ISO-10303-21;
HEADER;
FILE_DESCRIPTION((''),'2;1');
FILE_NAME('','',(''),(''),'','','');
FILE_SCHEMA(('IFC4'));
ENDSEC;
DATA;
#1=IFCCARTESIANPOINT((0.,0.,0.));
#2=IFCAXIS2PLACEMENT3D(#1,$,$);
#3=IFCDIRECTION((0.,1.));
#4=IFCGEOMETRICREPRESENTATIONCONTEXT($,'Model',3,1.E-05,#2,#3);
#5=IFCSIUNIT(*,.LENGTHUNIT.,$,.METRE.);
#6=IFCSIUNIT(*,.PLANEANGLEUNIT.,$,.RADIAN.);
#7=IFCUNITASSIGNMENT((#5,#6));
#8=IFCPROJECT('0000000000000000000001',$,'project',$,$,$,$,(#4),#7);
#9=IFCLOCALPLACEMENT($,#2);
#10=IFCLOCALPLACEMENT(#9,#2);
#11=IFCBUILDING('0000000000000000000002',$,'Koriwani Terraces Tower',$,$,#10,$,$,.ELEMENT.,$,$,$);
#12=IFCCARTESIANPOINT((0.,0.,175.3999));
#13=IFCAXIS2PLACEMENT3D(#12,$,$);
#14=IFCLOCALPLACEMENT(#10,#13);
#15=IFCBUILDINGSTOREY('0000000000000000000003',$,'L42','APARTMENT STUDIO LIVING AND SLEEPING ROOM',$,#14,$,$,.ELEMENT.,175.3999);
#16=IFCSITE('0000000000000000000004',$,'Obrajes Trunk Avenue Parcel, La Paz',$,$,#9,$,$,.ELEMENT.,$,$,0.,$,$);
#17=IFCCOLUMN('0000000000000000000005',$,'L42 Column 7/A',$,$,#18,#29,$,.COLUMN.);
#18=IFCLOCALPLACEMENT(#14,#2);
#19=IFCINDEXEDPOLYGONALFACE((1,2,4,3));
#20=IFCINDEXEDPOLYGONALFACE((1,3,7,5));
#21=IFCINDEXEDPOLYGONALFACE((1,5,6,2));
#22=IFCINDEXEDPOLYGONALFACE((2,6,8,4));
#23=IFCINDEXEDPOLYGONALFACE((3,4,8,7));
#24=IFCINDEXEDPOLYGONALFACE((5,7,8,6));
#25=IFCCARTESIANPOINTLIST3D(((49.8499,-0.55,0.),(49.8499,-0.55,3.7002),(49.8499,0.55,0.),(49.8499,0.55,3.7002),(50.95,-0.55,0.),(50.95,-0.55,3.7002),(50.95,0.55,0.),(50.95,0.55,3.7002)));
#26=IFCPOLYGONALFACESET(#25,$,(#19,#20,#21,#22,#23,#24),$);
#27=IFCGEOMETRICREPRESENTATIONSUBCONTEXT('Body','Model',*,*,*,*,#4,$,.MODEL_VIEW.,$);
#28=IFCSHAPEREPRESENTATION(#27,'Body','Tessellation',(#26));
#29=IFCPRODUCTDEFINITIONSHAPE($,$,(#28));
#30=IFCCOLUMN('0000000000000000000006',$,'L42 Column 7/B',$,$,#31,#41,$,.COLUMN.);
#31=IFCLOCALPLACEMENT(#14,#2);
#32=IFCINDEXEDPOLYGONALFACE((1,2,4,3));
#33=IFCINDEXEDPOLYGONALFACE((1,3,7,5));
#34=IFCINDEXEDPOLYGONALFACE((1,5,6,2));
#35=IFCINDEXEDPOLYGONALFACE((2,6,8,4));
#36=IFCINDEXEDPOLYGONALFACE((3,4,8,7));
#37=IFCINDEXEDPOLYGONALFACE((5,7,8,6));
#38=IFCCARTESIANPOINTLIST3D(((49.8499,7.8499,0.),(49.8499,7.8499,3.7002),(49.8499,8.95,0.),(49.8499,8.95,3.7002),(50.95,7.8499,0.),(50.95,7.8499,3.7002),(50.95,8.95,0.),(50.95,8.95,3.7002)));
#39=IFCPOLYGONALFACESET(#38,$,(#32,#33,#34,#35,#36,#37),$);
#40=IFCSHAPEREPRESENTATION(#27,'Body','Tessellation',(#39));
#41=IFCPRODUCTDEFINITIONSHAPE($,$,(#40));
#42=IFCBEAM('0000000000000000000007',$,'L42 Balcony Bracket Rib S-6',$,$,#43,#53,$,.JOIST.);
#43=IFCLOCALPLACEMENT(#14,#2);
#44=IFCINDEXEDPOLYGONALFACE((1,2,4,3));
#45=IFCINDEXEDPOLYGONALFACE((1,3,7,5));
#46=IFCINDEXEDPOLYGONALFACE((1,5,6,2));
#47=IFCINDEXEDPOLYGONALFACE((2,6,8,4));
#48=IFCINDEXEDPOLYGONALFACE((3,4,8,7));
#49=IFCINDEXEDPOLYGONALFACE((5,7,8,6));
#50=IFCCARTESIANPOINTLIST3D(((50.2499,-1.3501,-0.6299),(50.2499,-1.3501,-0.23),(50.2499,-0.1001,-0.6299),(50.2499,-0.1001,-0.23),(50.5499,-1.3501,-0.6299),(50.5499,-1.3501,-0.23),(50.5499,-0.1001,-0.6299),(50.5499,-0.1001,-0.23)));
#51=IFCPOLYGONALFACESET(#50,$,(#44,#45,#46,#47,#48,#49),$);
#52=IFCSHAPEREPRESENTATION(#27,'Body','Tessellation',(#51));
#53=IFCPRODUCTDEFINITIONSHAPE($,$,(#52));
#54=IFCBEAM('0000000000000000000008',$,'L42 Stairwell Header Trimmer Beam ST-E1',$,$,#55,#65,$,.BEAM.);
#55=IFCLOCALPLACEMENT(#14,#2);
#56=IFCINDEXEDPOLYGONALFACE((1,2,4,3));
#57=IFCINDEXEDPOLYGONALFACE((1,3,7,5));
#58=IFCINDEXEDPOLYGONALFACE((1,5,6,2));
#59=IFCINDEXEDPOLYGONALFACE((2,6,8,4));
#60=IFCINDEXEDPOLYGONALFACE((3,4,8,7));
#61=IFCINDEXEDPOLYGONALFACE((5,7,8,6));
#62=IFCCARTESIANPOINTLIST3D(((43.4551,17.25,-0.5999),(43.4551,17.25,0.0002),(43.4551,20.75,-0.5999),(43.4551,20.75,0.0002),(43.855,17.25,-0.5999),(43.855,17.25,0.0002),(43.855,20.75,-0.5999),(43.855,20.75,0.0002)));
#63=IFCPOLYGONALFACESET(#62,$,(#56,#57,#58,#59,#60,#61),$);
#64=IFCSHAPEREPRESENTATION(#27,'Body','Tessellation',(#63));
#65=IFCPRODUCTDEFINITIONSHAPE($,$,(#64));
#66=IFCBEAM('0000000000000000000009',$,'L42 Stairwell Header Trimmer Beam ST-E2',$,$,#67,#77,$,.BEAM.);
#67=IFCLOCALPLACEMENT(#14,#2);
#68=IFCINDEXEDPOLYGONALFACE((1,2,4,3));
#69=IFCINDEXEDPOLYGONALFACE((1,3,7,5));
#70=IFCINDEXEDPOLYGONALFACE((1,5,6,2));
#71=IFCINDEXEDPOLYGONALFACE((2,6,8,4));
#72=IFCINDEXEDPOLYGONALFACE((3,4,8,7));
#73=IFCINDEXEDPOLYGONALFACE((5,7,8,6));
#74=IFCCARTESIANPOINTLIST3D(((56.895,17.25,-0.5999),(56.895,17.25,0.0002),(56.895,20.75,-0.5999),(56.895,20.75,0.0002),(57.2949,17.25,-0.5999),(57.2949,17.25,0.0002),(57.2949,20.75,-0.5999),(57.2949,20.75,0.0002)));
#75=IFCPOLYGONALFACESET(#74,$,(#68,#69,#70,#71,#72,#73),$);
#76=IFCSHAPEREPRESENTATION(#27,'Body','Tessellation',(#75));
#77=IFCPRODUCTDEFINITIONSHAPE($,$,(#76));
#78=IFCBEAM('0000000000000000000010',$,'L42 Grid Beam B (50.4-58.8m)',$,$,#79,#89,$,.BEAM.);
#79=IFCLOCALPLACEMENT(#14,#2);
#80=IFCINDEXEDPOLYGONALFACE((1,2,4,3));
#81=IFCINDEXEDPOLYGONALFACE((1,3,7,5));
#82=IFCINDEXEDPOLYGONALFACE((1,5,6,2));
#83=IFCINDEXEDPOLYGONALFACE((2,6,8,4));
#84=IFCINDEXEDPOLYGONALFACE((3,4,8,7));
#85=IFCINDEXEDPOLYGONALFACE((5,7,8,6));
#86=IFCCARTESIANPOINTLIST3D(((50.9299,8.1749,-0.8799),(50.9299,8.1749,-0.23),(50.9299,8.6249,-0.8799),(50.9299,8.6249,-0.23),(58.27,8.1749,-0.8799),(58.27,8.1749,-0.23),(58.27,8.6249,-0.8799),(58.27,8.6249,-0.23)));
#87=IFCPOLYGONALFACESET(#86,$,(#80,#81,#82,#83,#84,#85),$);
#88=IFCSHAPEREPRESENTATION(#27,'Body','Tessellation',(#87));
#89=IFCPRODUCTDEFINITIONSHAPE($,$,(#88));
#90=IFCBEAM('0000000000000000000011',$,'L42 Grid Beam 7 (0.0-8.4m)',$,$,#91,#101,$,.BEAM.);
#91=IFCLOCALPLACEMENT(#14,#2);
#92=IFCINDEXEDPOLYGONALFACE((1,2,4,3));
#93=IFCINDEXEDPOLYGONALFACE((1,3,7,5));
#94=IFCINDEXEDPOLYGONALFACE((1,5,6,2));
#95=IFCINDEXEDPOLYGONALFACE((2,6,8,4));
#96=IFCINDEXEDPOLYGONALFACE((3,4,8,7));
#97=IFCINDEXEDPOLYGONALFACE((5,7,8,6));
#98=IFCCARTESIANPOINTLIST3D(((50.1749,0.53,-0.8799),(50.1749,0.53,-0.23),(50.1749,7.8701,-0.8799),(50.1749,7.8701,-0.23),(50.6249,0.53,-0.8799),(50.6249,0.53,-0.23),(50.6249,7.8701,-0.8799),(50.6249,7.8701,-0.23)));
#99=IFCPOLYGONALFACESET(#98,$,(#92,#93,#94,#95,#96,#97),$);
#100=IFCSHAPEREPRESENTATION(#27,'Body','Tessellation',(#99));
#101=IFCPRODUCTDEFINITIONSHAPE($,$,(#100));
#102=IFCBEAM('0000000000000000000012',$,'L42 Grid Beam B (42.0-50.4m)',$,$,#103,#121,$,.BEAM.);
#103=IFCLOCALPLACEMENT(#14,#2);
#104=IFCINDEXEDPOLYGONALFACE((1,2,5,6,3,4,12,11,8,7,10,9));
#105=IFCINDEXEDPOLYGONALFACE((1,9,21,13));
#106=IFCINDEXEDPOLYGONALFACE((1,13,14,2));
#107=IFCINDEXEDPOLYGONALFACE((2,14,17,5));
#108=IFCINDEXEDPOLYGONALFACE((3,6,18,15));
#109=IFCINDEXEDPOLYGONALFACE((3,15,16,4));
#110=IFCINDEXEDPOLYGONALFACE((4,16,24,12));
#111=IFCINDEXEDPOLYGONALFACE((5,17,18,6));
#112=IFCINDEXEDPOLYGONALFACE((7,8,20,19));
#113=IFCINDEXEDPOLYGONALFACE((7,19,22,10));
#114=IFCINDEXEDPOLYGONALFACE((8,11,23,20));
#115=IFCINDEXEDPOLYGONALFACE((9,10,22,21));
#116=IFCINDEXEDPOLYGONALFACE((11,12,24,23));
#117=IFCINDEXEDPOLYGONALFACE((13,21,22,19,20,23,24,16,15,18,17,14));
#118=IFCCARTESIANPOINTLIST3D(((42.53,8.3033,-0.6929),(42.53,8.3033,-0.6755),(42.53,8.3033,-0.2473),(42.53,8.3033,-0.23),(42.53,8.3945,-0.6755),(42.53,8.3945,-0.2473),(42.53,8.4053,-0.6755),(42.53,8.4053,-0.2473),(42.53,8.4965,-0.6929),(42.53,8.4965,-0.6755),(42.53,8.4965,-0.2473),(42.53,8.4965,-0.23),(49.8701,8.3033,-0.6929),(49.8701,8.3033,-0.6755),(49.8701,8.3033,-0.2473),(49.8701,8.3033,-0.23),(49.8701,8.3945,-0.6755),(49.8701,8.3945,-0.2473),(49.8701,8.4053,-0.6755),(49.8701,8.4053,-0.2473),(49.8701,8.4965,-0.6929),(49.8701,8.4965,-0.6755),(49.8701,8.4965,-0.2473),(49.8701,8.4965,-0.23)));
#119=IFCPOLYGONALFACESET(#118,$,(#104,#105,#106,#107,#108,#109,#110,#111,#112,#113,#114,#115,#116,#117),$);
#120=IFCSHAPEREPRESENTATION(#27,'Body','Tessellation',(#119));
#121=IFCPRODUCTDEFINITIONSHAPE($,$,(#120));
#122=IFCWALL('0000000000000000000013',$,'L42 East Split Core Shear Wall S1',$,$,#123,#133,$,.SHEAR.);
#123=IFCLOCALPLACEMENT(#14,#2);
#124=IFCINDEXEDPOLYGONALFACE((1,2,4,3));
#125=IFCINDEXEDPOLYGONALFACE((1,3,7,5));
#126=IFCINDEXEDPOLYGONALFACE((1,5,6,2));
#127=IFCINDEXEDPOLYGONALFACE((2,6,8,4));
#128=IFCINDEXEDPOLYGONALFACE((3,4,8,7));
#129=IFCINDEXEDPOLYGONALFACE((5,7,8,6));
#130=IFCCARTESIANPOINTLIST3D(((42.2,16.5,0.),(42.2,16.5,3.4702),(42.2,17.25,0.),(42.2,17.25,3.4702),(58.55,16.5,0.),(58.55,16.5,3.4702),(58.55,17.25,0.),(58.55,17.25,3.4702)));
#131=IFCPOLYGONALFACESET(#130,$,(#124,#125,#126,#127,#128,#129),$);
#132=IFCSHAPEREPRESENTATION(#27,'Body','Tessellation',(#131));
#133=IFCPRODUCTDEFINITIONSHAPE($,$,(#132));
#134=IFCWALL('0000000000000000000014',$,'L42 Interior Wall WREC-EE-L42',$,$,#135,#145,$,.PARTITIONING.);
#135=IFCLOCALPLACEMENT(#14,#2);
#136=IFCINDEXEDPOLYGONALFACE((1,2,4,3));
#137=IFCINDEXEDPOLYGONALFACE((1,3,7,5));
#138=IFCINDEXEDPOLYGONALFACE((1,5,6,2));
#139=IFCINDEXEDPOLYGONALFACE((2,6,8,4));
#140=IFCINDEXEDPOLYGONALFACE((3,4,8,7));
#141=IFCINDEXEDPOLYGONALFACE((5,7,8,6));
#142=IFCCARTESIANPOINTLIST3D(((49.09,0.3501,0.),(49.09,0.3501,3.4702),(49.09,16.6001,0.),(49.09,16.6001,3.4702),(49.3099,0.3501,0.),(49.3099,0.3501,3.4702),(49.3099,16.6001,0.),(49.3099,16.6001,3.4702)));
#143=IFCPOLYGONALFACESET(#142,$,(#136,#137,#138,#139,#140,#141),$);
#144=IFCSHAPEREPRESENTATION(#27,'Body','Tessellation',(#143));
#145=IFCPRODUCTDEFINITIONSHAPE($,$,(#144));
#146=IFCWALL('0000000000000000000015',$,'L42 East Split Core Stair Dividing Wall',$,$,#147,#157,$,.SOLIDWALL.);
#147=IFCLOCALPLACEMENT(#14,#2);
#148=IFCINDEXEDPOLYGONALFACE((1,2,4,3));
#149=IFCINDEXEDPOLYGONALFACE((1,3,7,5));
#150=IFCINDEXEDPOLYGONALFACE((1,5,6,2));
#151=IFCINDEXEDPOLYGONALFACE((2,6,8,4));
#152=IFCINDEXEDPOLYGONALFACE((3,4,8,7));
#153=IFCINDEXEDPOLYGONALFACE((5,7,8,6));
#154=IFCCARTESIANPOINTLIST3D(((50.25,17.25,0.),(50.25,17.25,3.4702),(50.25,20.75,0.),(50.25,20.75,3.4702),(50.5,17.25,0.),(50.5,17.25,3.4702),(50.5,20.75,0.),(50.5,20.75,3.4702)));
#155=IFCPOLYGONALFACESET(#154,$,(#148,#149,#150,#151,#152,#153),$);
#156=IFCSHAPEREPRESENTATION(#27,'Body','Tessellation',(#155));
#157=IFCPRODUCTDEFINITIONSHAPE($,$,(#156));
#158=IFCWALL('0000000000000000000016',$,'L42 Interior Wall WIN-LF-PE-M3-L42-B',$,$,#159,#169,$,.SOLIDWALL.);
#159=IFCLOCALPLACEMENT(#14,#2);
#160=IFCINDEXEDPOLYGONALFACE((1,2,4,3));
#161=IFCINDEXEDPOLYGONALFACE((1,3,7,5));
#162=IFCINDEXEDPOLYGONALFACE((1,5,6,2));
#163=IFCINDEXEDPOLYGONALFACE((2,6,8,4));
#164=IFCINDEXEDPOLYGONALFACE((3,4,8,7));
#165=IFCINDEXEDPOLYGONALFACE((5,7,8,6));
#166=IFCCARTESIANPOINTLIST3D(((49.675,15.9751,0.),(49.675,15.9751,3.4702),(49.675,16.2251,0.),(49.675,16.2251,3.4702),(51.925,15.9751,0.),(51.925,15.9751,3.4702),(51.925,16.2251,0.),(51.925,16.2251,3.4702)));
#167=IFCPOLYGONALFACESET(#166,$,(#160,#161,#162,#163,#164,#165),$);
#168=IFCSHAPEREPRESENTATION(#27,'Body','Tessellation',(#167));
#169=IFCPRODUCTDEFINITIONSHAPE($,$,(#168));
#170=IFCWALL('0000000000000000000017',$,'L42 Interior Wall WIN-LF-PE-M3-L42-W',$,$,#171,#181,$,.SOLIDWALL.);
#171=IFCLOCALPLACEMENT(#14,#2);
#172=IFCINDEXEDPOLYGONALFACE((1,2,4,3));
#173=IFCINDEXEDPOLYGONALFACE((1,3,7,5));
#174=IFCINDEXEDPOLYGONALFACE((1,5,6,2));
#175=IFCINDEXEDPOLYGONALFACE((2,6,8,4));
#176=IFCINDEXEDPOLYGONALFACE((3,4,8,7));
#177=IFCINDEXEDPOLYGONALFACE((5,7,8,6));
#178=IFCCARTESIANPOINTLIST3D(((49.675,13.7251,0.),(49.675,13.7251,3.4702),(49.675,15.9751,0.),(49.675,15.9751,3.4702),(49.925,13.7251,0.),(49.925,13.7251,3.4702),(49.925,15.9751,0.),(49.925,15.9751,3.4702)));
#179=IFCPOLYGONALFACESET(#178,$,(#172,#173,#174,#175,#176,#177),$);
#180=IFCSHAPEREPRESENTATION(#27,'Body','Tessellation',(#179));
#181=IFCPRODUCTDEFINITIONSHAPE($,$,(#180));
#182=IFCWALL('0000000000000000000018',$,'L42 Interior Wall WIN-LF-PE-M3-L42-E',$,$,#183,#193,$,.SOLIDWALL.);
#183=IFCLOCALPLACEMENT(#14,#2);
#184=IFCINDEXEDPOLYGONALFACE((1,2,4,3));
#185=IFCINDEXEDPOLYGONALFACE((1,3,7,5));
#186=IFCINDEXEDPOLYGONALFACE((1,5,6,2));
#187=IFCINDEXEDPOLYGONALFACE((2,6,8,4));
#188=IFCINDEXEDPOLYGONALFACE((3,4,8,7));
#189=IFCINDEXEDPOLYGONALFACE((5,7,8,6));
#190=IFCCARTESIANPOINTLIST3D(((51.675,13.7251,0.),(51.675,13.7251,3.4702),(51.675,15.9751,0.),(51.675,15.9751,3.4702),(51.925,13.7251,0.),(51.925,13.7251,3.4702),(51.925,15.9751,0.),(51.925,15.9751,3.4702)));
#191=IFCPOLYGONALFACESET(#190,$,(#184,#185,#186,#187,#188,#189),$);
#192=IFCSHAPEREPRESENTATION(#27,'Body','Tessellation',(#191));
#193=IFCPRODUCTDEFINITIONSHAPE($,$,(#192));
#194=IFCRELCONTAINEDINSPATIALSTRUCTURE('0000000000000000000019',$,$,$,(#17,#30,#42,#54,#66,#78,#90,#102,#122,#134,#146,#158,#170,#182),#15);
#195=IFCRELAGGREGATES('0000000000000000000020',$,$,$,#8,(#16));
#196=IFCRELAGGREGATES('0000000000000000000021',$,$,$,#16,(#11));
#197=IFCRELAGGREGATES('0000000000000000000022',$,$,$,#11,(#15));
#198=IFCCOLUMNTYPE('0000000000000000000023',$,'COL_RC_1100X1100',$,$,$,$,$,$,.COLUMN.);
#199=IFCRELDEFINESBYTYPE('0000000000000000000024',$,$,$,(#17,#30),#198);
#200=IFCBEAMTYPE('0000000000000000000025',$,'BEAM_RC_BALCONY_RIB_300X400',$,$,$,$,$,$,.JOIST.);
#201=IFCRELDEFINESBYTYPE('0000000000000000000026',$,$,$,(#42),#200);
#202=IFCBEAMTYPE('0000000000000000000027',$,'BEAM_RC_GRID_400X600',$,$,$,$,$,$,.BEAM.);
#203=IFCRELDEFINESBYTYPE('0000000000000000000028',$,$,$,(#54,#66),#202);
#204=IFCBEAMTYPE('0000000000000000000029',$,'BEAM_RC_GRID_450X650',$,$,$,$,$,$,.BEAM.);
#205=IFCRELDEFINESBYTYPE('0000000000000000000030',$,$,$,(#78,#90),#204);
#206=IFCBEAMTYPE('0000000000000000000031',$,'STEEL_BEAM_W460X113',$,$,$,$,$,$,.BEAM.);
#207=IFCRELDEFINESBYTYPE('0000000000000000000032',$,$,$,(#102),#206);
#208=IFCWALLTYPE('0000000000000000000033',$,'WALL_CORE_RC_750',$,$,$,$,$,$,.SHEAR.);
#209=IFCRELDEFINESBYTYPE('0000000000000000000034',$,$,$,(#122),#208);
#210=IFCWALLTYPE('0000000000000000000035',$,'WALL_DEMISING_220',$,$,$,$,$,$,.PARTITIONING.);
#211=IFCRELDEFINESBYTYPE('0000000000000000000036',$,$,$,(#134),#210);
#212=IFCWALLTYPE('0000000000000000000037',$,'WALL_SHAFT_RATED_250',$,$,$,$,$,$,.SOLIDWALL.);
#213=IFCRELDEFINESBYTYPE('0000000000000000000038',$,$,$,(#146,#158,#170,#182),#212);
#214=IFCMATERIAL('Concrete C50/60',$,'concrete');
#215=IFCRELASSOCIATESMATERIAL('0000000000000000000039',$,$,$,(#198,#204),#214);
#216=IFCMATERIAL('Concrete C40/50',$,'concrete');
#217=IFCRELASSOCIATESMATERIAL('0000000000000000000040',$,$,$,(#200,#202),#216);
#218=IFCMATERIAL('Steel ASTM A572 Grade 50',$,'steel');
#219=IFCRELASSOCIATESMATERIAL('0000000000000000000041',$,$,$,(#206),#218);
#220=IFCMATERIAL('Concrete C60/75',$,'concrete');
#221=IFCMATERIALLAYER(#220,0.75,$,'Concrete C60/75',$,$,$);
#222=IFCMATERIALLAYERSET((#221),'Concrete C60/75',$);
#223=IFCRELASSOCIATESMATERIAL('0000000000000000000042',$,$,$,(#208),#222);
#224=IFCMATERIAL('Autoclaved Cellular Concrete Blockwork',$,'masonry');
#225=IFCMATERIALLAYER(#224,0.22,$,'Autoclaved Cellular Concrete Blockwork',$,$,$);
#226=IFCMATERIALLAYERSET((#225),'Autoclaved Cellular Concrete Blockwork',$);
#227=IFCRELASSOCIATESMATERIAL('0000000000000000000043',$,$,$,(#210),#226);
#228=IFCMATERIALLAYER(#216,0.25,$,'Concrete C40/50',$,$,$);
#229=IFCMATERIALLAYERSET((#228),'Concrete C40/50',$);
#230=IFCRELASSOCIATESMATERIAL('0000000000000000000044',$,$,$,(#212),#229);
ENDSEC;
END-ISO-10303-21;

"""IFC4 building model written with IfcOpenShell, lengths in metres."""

from ifc_helpers import new_model, si_unit, direction, frame, frame_2d, origin, origin_2d, place, context, subcontext, project, spatial, rectangle, i_section, extrude, material, layer, layer_set, material_profile, profile_set, type_object, element, save


model = new_model("IFC4")

# Units and contexts
model_context = context("Model", 3, precision=1e-05, world=origin(), true_north=direction((0.0, 1.0)))
body_context = subcontext(model_context, "Body", "Model", "MODEL_VIEW")
ifc_project = project(units=[si_unit("LENGTHUNIT", "METRE"), si_unit("PLANEANGLEUNIT", "RADIAN")], contexts=[model_context])

# Site, building, storey
site_placement = place(None, origin())
site = spatial("IfcSite", under=ifc_project, at=site_placement, Name="Obrajes Trunk Avenue Parcel, La Paz", CompositionType="ELEMENT", RefElevation=0.0)
building_placement = place(site_placement, origin())
building = spatial("IfcBuilding", under=site, at=building_placement, Name="Koriwani Terraces Tower", CompositionType="ELEMENT")
storey_placement = place(building_placement, frame((0.0, 0.0, 175.3999)))
storey = spatial("IfcBuildingStorey", under=building, at=storey_placement, Name="L42", Description="APARTMENT STUDIO LIVING AND SLEEPING ROOM", CompositionType="ELEMENT", Elevation=175.3999)

# Columns
ifc_material_1 = material(Name="Concrete C50/60", Category="concrete")
ifc_material_profile_1 = material_profile(ifc_material_1, rectangle(XDim=1.1001, YDim=1.1001, at=origin_2d()), Name="Concrete C50/60", Category="LoadBearing")
ifc_profile_set_1 = profile_set([ifc_material_profile_1], Name="Concrete C50/60")
column_type = type_object("IfcColumnType", Name="COL_RC_1100X1100", PredefinedType="COLUMN", material=ifc_profile_set_1)
for number, where, z_axis, x_axis, name in (
    (1, (50.3999, 0.0, 0.0), (0.0, 0.0, 1.0), (1.0, 0.0, 0.0), "L42 Column 7/A"),
    (2, (50.3999, 8.3999, 0.0), (0.0, 0.0, 1.0), (1.0, 0.0, 0.0), "L42 Column 7/B"),
):
    element("IfcColumn", number, at=place(storey_placement, frame(where, z_axis=z_axis, x_axis=x_axis)), inside=storey, type_object=column_type, Name=name, PredefinedType="COLUMN", context=body_context, shape_type="SweptSolid", body=[
        extrude(rectangle(XDim=1.1001, YDim=1.1001, at=origin_2d()), origin(), (0.0, 0.0, 1.0), 3.7002),
    ])

# Beams
ifc_material_2 = material(Name="Concrete C40/50", Category="concrete")
ifc_material_profile_2 = material_profile(ifc_material_2, rectangle(XDim=0.3, YDim=0.3999, at=origin_2d()), Name="Concrete C40/50", Category="LoadBearing")
ifc_profile_set_2 = profile_set([ifc_material_profile_2], Name="Concrete C40/50")
beam_type_1 = type_object("IfcBeamType", Name="BEAM_RC_BALCONY_RIB_300X400", PredefinedType="JOIST", material=ifc_profile_set_2)
beam_1_placement = place(storey_placement, frame((50.3999, -1.3501, -0.4299), z_axis=(0.0, 1.0, 0.0), x_axis=(-1.0, 0.0, 0.0)))
element("IfcBeam", 3, at=beam_1_placement, inside=storey, type_object=beam_type_1, Name="L42 Balcony Bracket Rib S-6", PredefinedType="JOIST", context=body_context, shape_type="SweptSolid", body=[
    extrude(rectangle(XDim=0.3, YDim=0.3999, at=origin_2d()), origin(), (0.0, 0.0, 1.0), 1.25),
])
ifc_material_profile_3 = material_profile(ifc_material_2, rectangle(XDim=0.3999, YDim=0.6001, at=origin_2d()), Name="Concrete C40/50", Category="LoadBearing")
ifc_profile_set_3 = profile_set([ifc_material_profile_3], Name="Concrete C40/50")
beam_type_2 = type_object("IfcBeamType", Name="BEAM_RC_GRID_400X600", PredefinedType="BEAM", material=ifc_profile_set_3)
for number, where, z_axis, x_axis, name in (
    (4, (43.655, 17.25, -0.2998), (0.0, 1.0, 0.0), (-1.0, 0.0, 0.0), "L42 Stairwell Header Trimmer Beam ST-E1"),
    (5, (57.095, 17.25, -0.2998), (0.0, 1.0, 0.0), (-1.0, 0.0, 0.0), "L42 Stairwell Header Trimmer Beam ST-E2"),
):
    element("IfcBeam", number, at=place(storey_placement, frame(where, z_axis=z_axis, x_axis=x_axis)), inside=storey, type_object=beam_type_2, Name=name, PredefinedType="BEAM", context=body_context, shape_type="SweptSolid", body=[
        extrude(rectangle(XDim=0.3999, YDim=0.6001, at=origin_2d()), origin(), (0.0, 0.0, 1.0), 3.5),
    ])
ifc_material_profile_4 = material_profile(ifc_material_1, rectangle(XDim=0.45, YDim=0.6499, at=origin_2d()), Name="Concrete C50/60", Category="LoadBearing")
ifc_profile_set_4 = profile_set([ifc_material_profile_4], Name="Concrete C50/60")
beam_type_3 = type_object("IfcBeamType", Name="BEAM_RC_GRID_450X650", PredefinedType="BEAM", material=ifc_profile_set_4)
for number, where, z_axis, x_axis, name in (
    (6, (50.9299, 8.3999, -0.5549), (1.0, 0.0, 0.0), (0.0, 1.0, 0.0), "L42 Grid Beam B (50.4-58.8m)"),
    (7, (50.3999, 0.53, -0.5549), (0.0, 1.0, 0.0), (-1.0, 0.0, 0.0), "L42 Grid Beam 7 (0.0-8.4m)"),
):
    element("IfcBeam", number, at=place(storey_placement, frame(where, z_axis=z_axis, x_axis=x_axis)), inside=storey, type_object=beam_type_3, Name=name, PredefinedType="BEAM", context=body_context, shape_type="SweptSolid", body=[
        extrude(rectangle(XDim=0.45, YDim=0.6499, at=origin_2d()), origin(), (0.0, 0.0, 1.0), 7.3401),
    ])
ifc_material_3 = material(Name="Steel ASTM A572 Grade 50", Category="steel")
ifc_material_profile_5 = material_profile(ifc_material_3, i_section(OverallWidth=0.1931, OverallDepth=0.4629, WebThickness=0.0107, FlangeThickness=0.0173, at=origin_2d()), Name="Steel ASTM A572 Grade 50", Category="LoadBearing")
ifc_profile_set_5 = profile_set([ifc_material_profile_5], Name="Steel ASTM A572 Grade 50")
beam_type_4 = type_object("IfcBeamType", Name="STEEL_BEAM_W460X113", PredefinedType="BEAM", material=ifc_profile_set_5)
beam_2_placement = place(storey_placement, frame((42.53, 8.3999, -0.4614), z_axis=(1.0, 0.0, 0.0), x_axis=(0.0, 1.0, 0.0)))
element("IfcBeam", 8, at=beam_2_placement, inside=storey, type_object=beam_type_4, Name="L42 Grid Beam B (42.0-50.4m)", PredefinedType="BEAM", context=body_context, shape_type="SweptSolid", body=[
    extrude(i_section(OverallWidth=0.1931, OverallDepth=0.4629, WebThickness=0.0107, FlangeThickness=0.0173, at=origin_2d()), origin(), (0.0, 0.0, 1.0), 7.3401),
])

# Walls
ifc_material_4 = material(Name="Concrete C60/75", Category="concrete")
ifc_layer_1 = layer(ifc_material_4, 0.75, Name="Concrete C60/75")
ifc_layer_set_1 = layer_set([ifc_layer_1], Name="Concrete C60/75")
wall_type_1 = type_object("IfcWallType", Name="WALL_CORE_RC_750", PredefinedType="SHEAR", material=ifc_layer_set_1)
wall_1_placement = place(storey_placement, frame((42.2, 16.875, 0.0), z_axis=(0.0, 0.0, 1.0), x_axis=(1.0, 0.0, 0.0)))
element("IfcWall", 9, at=wall_1_placement, inside=storey, type_object=wall_type_1, Name="L42 East Split Core Shear Wall S1", PredefinedType="SHEAR", context=body_context, shape_type="SweptSolid", body=[
    extrude(rectangle(XDim=16.3501, YDim=0.75, at=frame_2d((8.175, 0.0))), origin(), (0.0, 0.0, 1.0), 3.4702),
])
ifc_material_5 = material(Name="Autoclaved Cellular Concrete Blockwork", Category="masonry")
ifc_layer_2 = layer(ifc_material_5, 0.22, Name="Autoclaved Cellular Concrete Blockwork")
ifc_layer_set_2 = layer_set([ifc_layer_2], Name="Autoclaved Cellular Concrete Blockwork")
wall_type_2 = type_object("IfcWallType", Name="WALL_DEMISING_220", PredefinedType="PARTITIONING", material=ifc_layer_set_2)
wall_2_placement = place(storey_placement, frame((49.2, 0.3501, 0.0), z_axis=(0.0, 0.0, 1.0), x_axis=(0.0, 1.0, 0.0)))
element("IfcWall", 10, at=wall_2_placement, inside=storey, type_object=wall_type_2, Name="L42 Interior Wall WREC-EE-L42", PredefinedType="PARTITIONING", context=body_context, shape_type="SweptSolid", body=[
    extrude(rectangle(XDim=16.25, YDim=0.22, at=frame_2d((8.125, 0.0))), origin(), (0.0, 0.0, 1.0), 3.4702),
])
ifc_layer_3 = layer(ifc_material_2, 0.25, Name="Concrete C40/50")
ifc_layer_set_3 = layer_set([ifc_layer_3], Name="Concrete C40/50")
wall_type_3 = type_object("IfcWallType", Name="WALL_SHAFT_RATED_250", PredefinedType="SOLIDWALL", material=ifc_layer_set_3)
wall_3_placement = place(storey_placement, frame((50.375, 17.25, 0.0), z_axis=(0.0, 0.0, 1.0), x_axis=(0.0, 1.0, 0.0)))
element("IfcWall", 11, at=wall_3_placement, inside=storey, type_object=wall_type_3, Name="L42 East Split Core Stair Dividing Wall", PredefinedType="SOLIDWALL", context=body_context, shape_type="SweptSolid", body=[
    extrude(rectangle(XDim=3.5, YDim=0.25, at=frame_2d((1.75, 0.0))), origin(), (0.0, 0.0, 1.0), 3.4702),
])

# Walls
for number, where, z_axis, x_axis, name in (
    (12, (49.675, 16.1001, 0.0), (0.0, 0.0, 1.0), (1.0, 0.0, 0.0), "L42 Interior Wall WIN-LF-PE-M3-L42-B"),
    (13, (49.8, 13.7251, 0.0), (0.0, 0.0, 1.0), (0.0, 1.0, 0.0), "L42 Interior Wall WIN-LF-PE-M3-L42-W"),
    (14, (51.8, 13.7251, 0.0), (0.0, 0.0, 1.0), (0.0, 1.0, 0.0), "L42 Interior Wall WIN-LF-PE-M3-L42-E"),
):
    element("IfcWall", number, at=place(storey_placement, frame(where, z_axis=z_axis, x_axis=x_axis)), inside=storey, type_object=wall_type_3, Name=name, PredefinedType="SOLIDWALL", context=body_context, shape_type="SweptSolid", body=[
        extrude(rectangle(XDim=2.25, YDim=0.25, at=frame_2d((1.125, 0.0))), origin(), (0.0, 0.0, 1.0), 3.4702),
    ])

save(model, "model.ifc")
